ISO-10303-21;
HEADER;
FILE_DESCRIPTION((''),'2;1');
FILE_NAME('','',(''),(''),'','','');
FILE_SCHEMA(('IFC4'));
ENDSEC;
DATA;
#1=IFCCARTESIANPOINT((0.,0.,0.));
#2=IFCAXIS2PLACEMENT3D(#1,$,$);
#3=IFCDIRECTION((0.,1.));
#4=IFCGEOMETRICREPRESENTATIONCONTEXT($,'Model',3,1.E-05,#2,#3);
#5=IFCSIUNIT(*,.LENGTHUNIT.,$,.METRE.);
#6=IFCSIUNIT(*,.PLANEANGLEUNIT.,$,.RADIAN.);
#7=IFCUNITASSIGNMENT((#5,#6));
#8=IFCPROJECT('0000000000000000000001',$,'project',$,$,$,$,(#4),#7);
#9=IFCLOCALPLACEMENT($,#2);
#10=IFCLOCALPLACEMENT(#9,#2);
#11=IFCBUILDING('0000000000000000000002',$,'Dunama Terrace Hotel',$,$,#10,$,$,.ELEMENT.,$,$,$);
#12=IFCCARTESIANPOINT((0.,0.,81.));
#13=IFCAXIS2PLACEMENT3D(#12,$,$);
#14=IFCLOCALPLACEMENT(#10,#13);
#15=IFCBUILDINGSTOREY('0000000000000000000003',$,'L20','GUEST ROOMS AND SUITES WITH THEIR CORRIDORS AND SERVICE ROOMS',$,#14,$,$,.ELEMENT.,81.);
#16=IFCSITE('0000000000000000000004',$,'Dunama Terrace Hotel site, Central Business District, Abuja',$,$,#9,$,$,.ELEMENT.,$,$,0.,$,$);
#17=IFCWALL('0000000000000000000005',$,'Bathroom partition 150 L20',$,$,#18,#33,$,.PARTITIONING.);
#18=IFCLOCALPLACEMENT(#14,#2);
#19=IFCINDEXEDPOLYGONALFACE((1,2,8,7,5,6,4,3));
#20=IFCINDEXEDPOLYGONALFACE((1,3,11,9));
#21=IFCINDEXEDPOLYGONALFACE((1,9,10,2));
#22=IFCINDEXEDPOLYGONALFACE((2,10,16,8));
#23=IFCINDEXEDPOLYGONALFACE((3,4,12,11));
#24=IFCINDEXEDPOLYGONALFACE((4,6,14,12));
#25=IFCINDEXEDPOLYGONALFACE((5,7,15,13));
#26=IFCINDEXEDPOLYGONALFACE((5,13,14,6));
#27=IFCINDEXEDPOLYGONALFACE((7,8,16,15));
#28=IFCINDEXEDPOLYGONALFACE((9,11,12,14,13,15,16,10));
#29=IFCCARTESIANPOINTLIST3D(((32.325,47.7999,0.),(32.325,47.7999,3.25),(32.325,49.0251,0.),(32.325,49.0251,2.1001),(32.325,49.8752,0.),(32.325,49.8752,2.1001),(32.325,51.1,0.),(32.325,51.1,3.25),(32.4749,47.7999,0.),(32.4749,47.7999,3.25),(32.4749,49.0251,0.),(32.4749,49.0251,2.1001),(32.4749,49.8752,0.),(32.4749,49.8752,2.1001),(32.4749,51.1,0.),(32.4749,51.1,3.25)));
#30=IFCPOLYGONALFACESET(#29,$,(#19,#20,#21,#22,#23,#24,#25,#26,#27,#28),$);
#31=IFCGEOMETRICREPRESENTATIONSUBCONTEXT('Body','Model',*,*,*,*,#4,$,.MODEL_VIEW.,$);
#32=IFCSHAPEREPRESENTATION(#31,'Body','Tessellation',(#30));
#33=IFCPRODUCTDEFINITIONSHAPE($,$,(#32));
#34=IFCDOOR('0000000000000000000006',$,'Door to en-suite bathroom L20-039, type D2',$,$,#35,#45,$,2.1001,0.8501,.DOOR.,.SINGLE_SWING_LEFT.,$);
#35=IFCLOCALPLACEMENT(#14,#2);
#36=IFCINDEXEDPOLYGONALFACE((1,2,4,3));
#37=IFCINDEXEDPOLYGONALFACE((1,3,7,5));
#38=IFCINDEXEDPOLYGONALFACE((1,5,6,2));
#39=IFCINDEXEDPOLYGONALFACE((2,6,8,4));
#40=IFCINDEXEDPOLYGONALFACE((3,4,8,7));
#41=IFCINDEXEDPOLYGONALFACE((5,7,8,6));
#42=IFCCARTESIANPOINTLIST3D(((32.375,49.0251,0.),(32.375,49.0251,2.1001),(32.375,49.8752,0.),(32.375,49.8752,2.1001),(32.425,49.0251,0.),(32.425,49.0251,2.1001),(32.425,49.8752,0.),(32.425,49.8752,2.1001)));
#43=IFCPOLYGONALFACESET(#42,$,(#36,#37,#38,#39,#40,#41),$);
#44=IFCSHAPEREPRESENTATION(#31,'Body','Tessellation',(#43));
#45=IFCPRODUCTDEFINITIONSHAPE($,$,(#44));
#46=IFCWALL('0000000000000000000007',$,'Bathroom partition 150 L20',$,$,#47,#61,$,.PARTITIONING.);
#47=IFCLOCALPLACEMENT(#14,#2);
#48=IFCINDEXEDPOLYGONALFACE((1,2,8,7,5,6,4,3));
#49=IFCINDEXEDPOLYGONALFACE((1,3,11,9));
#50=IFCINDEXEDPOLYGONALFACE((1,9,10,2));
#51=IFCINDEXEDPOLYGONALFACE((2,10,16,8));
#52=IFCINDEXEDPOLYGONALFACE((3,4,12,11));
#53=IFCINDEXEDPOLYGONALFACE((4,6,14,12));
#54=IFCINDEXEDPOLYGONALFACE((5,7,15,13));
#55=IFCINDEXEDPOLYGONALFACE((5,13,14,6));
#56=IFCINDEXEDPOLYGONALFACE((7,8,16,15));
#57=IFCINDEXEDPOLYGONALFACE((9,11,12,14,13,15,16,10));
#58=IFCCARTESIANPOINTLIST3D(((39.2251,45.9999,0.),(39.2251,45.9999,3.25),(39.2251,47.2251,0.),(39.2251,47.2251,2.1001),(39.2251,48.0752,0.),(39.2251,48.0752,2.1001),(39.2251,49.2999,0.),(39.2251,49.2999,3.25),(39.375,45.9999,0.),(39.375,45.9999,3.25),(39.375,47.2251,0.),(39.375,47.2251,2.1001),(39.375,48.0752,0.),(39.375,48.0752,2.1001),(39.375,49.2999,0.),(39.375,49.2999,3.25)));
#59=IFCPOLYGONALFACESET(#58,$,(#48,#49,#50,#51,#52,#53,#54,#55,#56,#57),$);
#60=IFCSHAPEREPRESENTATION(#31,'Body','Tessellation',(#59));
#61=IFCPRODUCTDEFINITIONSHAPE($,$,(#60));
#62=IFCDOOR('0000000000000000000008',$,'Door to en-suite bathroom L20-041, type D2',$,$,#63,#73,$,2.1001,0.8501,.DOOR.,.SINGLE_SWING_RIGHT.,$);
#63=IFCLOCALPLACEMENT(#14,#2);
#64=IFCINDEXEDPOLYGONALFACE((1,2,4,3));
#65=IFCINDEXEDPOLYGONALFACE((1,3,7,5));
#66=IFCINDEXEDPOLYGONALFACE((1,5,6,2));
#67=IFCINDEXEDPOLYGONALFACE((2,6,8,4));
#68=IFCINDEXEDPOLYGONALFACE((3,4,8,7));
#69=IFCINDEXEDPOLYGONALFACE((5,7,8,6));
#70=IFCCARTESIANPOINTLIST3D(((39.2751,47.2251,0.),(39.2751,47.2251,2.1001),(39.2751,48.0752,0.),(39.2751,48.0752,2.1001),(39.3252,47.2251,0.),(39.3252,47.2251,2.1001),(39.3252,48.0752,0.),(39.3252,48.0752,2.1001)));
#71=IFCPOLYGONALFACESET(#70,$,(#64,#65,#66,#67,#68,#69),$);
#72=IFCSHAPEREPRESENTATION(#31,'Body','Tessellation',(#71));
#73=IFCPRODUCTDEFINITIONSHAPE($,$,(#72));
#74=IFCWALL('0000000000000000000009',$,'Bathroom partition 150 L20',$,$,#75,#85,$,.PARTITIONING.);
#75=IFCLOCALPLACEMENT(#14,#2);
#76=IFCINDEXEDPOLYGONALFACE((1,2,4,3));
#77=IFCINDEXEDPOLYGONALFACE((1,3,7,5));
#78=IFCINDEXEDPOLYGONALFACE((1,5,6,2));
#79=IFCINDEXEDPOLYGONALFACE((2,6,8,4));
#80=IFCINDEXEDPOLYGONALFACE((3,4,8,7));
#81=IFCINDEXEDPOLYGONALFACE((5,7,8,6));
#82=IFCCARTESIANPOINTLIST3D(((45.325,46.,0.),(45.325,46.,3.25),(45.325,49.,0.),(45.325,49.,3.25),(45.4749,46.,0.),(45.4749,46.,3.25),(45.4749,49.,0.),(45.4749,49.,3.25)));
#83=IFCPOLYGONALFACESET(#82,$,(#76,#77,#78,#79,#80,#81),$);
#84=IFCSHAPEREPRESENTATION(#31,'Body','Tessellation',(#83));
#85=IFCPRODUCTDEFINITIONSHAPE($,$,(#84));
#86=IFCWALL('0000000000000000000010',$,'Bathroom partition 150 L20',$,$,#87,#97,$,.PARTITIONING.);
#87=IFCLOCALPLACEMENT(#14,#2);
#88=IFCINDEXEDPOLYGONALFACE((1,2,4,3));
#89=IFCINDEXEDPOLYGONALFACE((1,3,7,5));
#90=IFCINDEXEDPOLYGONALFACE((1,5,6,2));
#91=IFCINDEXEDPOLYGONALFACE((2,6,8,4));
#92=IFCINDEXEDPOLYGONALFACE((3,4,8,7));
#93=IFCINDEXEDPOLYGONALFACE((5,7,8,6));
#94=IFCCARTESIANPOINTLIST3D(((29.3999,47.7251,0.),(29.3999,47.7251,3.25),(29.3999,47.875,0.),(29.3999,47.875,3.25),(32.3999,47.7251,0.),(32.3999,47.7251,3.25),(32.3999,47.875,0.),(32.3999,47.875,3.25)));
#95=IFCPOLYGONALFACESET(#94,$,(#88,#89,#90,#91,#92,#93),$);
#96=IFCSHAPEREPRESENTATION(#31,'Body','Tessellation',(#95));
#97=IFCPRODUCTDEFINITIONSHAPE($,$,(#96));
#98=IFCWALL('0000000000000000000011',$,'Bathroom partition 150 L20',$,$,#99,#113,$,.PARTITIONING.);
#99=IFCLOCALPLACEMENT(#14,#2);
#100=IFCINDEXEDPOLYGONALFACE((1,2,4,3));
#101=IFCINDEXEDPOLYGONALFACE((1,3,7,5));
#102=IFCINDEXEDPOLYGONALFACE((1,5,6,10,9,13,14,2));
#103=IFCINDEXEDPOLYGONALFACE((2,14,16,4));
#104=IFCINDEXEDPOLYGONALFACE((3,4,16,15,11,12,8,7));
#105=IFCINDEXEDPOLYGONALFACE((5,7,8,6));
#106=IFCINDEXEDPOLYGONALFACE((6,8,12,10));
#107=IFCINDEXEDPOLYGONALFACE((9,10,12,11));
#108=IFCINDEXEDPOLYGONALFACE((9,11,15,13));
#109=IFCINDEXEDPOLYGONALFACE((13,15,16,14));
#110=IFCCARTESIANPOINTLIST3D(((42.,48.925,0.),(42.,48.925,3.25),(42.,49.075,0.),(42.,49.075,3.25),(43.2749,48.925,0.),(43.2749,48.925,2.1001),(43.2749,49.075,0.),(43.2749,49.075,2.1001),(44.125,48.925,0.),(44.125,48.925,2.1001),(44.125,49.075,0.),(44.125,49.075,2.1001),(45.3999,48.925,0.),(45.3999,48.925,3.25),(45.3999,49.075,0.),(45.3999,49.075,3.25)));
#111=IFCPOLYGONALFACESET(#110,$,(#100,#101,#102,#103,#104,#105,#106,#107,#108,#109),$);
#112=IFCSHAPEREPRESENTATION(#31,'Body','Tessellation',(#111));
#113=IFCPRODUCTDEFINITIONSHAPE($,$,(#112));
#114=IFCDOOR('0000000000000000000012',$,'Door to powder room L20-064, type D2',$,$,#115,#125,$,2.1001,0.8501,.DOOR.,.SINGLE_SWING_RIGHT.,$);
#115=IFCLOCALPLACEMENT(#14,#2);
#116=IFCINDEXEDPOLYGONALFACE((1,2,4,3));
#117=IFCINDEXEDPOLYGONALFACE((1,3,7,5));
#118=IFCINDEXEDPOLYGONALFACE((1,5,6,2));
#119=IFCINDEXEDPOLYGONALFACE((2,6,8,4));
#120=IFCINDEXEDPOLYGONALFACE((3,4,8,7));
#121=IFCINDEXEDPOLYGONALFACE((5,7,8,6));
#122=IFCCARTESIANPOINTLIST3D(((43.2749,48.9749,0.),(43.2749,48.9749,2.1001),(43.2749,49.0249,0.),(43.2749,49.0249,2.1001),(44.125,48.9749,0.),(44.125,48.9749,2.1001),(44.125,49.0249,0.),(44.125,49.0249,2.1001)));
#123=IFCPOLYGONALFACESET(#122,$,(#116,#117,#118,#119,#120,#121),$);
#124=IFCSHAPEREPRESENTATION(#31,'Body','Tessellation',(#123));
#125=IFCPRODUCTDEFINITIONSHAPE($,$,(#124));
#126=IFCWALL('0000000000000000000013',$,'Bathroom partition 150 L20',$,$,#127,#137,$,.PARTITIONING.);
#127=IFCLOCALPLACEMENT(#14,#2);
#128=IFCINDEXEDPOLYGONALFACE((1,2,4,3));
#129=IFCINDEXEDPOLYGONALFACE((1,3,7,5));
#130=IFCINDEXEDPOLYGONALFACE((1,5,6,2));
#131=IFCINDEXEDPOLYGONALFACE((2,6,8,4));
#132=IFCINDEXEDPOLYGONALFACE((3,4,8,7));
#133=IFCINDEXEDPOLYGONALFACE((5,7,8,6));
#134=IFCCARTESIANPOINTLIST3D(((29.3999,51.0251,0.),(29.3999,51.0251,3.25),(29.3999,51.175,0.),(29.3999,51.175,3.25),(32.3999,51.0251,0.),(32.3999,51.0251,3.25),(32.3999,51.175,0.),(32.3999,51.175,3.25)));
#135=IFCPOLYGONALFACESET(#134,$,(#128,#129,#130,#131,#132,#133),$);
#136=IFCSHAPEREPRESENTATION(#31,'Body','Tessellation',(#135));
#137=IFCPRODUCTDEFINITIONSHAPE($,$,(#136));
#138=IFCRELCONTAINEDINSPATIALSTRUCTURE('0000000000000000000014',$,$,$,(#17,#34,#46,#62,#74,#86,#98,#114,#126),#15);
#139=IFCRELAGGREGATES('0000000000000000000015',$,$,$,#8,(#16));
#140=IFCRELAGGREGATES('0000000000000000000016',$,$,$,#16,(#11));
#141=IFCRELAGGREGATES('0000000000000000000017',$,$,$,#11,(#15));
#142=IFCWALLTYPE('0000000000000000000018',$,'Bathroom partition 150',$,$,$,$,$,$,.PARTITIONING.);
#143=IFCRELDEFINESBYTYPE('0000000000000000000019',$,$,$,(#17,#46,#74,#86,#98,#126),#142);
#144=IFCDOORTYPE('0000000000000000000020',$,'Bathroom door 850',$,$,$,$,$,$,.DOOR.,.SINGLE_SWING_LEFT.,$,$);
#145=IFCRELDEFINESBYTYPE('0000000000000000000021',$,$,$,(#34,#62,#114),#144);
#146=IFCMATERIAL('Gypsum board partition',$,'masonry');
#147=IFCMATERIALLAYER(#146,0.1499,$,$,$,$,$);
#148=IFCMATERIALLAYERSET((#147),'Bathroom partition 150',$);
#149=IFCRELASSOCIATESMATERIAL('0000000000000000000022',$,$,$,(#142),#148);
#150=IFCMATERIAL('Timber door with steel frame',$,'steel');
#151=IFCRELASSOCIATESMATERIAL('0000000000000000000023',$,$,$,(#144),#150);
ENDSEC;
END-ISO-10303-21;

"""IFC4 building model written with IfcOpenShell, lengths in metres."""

from ifc_helpers import new_model, si_unit, direction, frame, frame_2d, origin, place, context, subcontext, project, spatial, rectangle, extrude, material, layer, layer_set, type_object, element, fill, save


model = new_model("IFC4")

# Units and contexts
model_context = context("Model", 3, precision=1e-05, world=origin(), true_north=direction((0.0, 1.0)))
body_context = subcontext(model_context, "Body", "Model", "MODEL_VIEW")
ifc_project = project(units=[si_unit("LENGTHUNIT", "METRE"), si_unit("PLANEANGLEUNIT", "RADIAN")], contexts=[model_context])

# Site, building, storey
site_placement = place(None, origin())
site = spatial("IfcSite", under=ifc_project, at=site_placement, Name="Dunama Terrace Hotel site, Central Business District, Abuja", CompositionType="ELEMENT", RefElevation=0.0)
building_placement = place(site_placement, origin())
building = spatial("IfcBuilding", under=site, at=building_placement, Name="Dunama Terrace Hotel", CompositionType="ELEMENT")
storey_placement = place(building_placement, frame((0.0, 0.0, 81.0)))
storey = spatial("IfcBuildingStorey", under=building, at=storey_placement, Name="L20", Description="GUEST ROOMS AND SUITES WITH THEIR CORRIDORS AND SERVICE ROOMS", CompositionType="ELEMENT", Elevation=81.0)

# Walls, openings, doors
ifc_material_1 = material(Name="Gypsum board partition", Category="masonry")
ifc_layer_1 = layer(ifc_material_1, 0.1499)
ifc_layer_set_1 = layer_set([ifc_layer_1], Name="Bathroom partition 150")
wall_type_1 = type_object("IfcWallType", Name="Bathroom partition 150", PredefinedType="PARTITIONING", material=ifc_layer_set_1)
wall_1_placement = place(storey_placement, frame((32.3999, 47.8, 0.0), z_axis=(0.0, 0.0, 1.0), x_axis=(0.0, 1.0, 0.0)))
wall_1 = element("IfcWall", 1, at=wall_1_placement, inside=storey, type_object=wall_type_1, Name="Bathroom partition 150 L20", PredefinedType="PARTITIONING", context=body_context, shape_type="SweptSolid", body=[
    extrude(rectangle(XDim=3.3, YDim=0.1499, at=frame_2d((1.6499, 0.0))), origin(), (0.0, 0.0, 1.0), 3.25),
])
opening_1_placement = place(wall_1_placement, frame((1.2251, 0.0, 0.0)))
opening_1 = element("IfcOpeningElement", 2, at=opening_1_placement, cuts=wall_1, PredefinedType="OPENING", context=body_context, shape_type="SweptSolid", body=[
    extrude(rectangle(XDim=0.8501, YDim=2.1001, at=frame_2d((0.425, 1.05))), frame((0.0, 0.085, 0.0), z_axis=(0.0, -1.0, 0.0), x_axis=(1.0, 0.0, 0.0)), (0.0, 0.0, 1.0), 0.1699),
])
ifc_material_2 = material(Name="Timber door with steel frame", Category="steel")
door_type_1 = type_object("IfcDoorType", Name="Bathroom door 850", OperationType="SINGLE_SWING_LEFT", PredefinedType="DOOR", material=ifc_material_2)
door_1_placement = place(opening_1_placement, origin())
door_1 = element("IfcDoor", 3, at=door_1_placement, inside=storey, type_object=door_type_1, Name="Door to en-suite bathroom L20-039, type D2", OperationType="SINGLE_SWING_LEFT", OverallHeight=2.1001, OverallWidth=0.8501, PredefinedType="DOOR", context=body_context, shape_type="SweptSolid", body=[
    extrude(rectangle(XDim=0.8501, YDim=2.1001, at=frame_2d((0.425, 1.05))), frame((0.0, 0.0249, 0.0), z_axis=(0.0, -1.0, 0.0), x_axis=(1.0, 0.0, 0.0)), (0.0, 0.0, 1.0), 0.05),
])
fill(opening_1, door_1)
wall_2_placement = place(storey_placement, frame((39.3, 46.0, 0.0), z_axis=(0.0, 0.0, 1.0), x_axis=(0.0, 1.0, 0.0)))
wall_2 = element("IfcWall", 4, at=wall_2_placement, inside=storey, type_object=wall_type_1, Name="Bathroom partition 150 L20", PredefinedType="PARTITIONING", context=body_context, shape_type="SweptSolid", body=[
    extrude(rectangle(XDim=3.3, YDim=0.1499, at=frame_2d((1.6499, 0.0))), origin(), (0.0, 0.0, 1.0), 3.25),
])
opening_2_placement = place(wall_2_placement, frame((1.2251, 0.0, 0.0)))
opening_2 = element("IfcOpeningElement", 5, at=opening_2_placement, cuts=wall_2, PredefinedType="OPENING", context=body_context, shape_type="SweptSolid", body=[
    extrude(rectangle(XDim=0.8501, YDim=2.1001, at=frame_2d((0.425, 1.05))), frame((0.0, 0.085, 0.0), z_axis=(0.0, -1.0, 0.0), x_axis=(1.0, 0.0, 0.0)), (0.0, 0.0, 1.0), 0.1699),
])
door_2_placement = place(opening_2_placement, frame((0.8501, 0.0, 0.0), z_axis=(0.0, 0.0, 1.0), x_axis=(-1.0, 0.0, 0.0)))
door_2 = element("IfcDoor", 6, at=door_2_placement, inside=storey, type_object=door_type_1, Name="Door to en-suite bathroom L20-041, type D2", OperationType="SINGLE_SWING_RIGHT", OverallHeight=2.1001, OverallWidth=0.8501, PredefinedType="DOOR", context=body_context, shape_type="SweptSolid", body=[
    extrude(rectangle(XDim=0.8501, YDim=2.1001, at=frame_2d((0.425, 1.05))), frame((0.0, 0.0251, 0.0), z_axis=(0.0, -1.0, 0.0), x_axis=(1.0, 0.0, 0.0)), (0.0, 0.0, 1.0), 0.05),
])
fill(opening_2, door_2)

# Walls
for number, where, z_axis, x_axis, name in (
    (7, (45.3999, 46.0, 0.0), (0.0, 0.0, 1.0), (0.0, 1.0, 0.0), "Bathroom partition 150 L20"),
    (8, (29.3999, 47.8, 0.0), (0.0, 0.0, 1.0), (1.0, 0.0, 0.0), "Bathroom partition 150 L20"),
):
    element("IfcWall", number, at=place(storey_placement, frame(where, z_axis=z_axis, x_axis=x_axis)), inside=storey, type_object=wall_type_1, Name=name, PredefinedType="PARTITIONING", context=body_context, shape_type="SweptSolid", body=[
        extrude(rectangle(XDim=3.0, YDim=0.1499, at=frame_2d((1.5, 0.0))), origin(), (0.0, 0.0, 1.0), 3.25),
    ])

# Wall, opening, door
wall_3_placement = place(storey_placement, frame((42.0, 49.0, 0.0), z_axis=(0.0, 0.0, 1.0), x_axis=(1.0, 0.0, 0.0)))
wall_3 = element("IfcWall", 9, at=wall_3_placement, inside=storey, type_object=wall_type_1, Name="Bathroom partition 150 L20", PredefinedType="PARTITIONING", context=body_context, shape_type="SweptSolid", body=[
    extrude(rectangle(XDim=3.3999, YDim=0.1499, at=frame_2d((1.7, 0.0))), origin(), (0.0, 0.0, 1.0), 3.25),
])
opening_3_placement = place(wall_3_placement, frame((1.2749, 0.0, 0.0)))
opening_3 = element("IfcOpeningElement", 10, at=opening_3_placement, cuts=wall_3, PredefinedType="OPENING", context=body_context, shape_type="SweptSolid", body=[
    extrude(rectangle(XDim=0.8501, YDim=2.1001, at=frame_2d((0.425, 1.05))), frame((0.0, 0.085, 0.0), z_axis=(0.0, -1.0, 0.0), x_axis=(1.0, 0.0, 0.0)), (0.0, 0.0, 1.0), 0.1699),
])
door_3_placement = place(opening_3_placement, frame((0.8501, 0.0, 0.0), z_axis=(0.0, 0.0, 1.0), x_axis=(-1.0, 0.0, 0.0)))
door_3 = element("IfcDoor", 11, at=door_3_placement, inside=storey, type_object=door_type_1, Name="Door to powder room L20-064, type D2", OperationType="SINGLE_SWING_RIGHT", OverallHeight=2.1001, OverallWidth=0.8501, PredefinedType="DOOR", context=body_context, shape_type="SweptSolid", body=[
    extrude(rectangle(XDim=0.8501, YDim=2.1001, at=frame_2d((0.425, 1.05))), frame((0.0, 0.0251, 0.0), z_axis=(0.0, -1.0, 0.0), x_axis=(1.0, 0.0, 0.0)), (0.0, 0.0, 1.0), 0.05),
])
fill(opening_3, door_3)

# Wall
wall_4_placement = place(storey_placement, frame((29.3999, 51.1001, 0.0), z_axis=(0.0, 0.0, 1.0), x_axis=(1.0, 0.0, 0.0)))
element("IfcWall", 12, at=wall_4_placement, inside=storey, type_object=wall_type_1, Name="Bathroom partition 150 L20", PredefinedType="PARTITIONING", context=body_context, shape_type="SweptSolid", body=[
    extrude(rectangle(XDim=3.0, YDim=0.1499, at=frame_2d((1.5, 0.0))), origin(), (0.0, 0.0, 1.0), 3.25),
])

save(model, "model.ifc")
